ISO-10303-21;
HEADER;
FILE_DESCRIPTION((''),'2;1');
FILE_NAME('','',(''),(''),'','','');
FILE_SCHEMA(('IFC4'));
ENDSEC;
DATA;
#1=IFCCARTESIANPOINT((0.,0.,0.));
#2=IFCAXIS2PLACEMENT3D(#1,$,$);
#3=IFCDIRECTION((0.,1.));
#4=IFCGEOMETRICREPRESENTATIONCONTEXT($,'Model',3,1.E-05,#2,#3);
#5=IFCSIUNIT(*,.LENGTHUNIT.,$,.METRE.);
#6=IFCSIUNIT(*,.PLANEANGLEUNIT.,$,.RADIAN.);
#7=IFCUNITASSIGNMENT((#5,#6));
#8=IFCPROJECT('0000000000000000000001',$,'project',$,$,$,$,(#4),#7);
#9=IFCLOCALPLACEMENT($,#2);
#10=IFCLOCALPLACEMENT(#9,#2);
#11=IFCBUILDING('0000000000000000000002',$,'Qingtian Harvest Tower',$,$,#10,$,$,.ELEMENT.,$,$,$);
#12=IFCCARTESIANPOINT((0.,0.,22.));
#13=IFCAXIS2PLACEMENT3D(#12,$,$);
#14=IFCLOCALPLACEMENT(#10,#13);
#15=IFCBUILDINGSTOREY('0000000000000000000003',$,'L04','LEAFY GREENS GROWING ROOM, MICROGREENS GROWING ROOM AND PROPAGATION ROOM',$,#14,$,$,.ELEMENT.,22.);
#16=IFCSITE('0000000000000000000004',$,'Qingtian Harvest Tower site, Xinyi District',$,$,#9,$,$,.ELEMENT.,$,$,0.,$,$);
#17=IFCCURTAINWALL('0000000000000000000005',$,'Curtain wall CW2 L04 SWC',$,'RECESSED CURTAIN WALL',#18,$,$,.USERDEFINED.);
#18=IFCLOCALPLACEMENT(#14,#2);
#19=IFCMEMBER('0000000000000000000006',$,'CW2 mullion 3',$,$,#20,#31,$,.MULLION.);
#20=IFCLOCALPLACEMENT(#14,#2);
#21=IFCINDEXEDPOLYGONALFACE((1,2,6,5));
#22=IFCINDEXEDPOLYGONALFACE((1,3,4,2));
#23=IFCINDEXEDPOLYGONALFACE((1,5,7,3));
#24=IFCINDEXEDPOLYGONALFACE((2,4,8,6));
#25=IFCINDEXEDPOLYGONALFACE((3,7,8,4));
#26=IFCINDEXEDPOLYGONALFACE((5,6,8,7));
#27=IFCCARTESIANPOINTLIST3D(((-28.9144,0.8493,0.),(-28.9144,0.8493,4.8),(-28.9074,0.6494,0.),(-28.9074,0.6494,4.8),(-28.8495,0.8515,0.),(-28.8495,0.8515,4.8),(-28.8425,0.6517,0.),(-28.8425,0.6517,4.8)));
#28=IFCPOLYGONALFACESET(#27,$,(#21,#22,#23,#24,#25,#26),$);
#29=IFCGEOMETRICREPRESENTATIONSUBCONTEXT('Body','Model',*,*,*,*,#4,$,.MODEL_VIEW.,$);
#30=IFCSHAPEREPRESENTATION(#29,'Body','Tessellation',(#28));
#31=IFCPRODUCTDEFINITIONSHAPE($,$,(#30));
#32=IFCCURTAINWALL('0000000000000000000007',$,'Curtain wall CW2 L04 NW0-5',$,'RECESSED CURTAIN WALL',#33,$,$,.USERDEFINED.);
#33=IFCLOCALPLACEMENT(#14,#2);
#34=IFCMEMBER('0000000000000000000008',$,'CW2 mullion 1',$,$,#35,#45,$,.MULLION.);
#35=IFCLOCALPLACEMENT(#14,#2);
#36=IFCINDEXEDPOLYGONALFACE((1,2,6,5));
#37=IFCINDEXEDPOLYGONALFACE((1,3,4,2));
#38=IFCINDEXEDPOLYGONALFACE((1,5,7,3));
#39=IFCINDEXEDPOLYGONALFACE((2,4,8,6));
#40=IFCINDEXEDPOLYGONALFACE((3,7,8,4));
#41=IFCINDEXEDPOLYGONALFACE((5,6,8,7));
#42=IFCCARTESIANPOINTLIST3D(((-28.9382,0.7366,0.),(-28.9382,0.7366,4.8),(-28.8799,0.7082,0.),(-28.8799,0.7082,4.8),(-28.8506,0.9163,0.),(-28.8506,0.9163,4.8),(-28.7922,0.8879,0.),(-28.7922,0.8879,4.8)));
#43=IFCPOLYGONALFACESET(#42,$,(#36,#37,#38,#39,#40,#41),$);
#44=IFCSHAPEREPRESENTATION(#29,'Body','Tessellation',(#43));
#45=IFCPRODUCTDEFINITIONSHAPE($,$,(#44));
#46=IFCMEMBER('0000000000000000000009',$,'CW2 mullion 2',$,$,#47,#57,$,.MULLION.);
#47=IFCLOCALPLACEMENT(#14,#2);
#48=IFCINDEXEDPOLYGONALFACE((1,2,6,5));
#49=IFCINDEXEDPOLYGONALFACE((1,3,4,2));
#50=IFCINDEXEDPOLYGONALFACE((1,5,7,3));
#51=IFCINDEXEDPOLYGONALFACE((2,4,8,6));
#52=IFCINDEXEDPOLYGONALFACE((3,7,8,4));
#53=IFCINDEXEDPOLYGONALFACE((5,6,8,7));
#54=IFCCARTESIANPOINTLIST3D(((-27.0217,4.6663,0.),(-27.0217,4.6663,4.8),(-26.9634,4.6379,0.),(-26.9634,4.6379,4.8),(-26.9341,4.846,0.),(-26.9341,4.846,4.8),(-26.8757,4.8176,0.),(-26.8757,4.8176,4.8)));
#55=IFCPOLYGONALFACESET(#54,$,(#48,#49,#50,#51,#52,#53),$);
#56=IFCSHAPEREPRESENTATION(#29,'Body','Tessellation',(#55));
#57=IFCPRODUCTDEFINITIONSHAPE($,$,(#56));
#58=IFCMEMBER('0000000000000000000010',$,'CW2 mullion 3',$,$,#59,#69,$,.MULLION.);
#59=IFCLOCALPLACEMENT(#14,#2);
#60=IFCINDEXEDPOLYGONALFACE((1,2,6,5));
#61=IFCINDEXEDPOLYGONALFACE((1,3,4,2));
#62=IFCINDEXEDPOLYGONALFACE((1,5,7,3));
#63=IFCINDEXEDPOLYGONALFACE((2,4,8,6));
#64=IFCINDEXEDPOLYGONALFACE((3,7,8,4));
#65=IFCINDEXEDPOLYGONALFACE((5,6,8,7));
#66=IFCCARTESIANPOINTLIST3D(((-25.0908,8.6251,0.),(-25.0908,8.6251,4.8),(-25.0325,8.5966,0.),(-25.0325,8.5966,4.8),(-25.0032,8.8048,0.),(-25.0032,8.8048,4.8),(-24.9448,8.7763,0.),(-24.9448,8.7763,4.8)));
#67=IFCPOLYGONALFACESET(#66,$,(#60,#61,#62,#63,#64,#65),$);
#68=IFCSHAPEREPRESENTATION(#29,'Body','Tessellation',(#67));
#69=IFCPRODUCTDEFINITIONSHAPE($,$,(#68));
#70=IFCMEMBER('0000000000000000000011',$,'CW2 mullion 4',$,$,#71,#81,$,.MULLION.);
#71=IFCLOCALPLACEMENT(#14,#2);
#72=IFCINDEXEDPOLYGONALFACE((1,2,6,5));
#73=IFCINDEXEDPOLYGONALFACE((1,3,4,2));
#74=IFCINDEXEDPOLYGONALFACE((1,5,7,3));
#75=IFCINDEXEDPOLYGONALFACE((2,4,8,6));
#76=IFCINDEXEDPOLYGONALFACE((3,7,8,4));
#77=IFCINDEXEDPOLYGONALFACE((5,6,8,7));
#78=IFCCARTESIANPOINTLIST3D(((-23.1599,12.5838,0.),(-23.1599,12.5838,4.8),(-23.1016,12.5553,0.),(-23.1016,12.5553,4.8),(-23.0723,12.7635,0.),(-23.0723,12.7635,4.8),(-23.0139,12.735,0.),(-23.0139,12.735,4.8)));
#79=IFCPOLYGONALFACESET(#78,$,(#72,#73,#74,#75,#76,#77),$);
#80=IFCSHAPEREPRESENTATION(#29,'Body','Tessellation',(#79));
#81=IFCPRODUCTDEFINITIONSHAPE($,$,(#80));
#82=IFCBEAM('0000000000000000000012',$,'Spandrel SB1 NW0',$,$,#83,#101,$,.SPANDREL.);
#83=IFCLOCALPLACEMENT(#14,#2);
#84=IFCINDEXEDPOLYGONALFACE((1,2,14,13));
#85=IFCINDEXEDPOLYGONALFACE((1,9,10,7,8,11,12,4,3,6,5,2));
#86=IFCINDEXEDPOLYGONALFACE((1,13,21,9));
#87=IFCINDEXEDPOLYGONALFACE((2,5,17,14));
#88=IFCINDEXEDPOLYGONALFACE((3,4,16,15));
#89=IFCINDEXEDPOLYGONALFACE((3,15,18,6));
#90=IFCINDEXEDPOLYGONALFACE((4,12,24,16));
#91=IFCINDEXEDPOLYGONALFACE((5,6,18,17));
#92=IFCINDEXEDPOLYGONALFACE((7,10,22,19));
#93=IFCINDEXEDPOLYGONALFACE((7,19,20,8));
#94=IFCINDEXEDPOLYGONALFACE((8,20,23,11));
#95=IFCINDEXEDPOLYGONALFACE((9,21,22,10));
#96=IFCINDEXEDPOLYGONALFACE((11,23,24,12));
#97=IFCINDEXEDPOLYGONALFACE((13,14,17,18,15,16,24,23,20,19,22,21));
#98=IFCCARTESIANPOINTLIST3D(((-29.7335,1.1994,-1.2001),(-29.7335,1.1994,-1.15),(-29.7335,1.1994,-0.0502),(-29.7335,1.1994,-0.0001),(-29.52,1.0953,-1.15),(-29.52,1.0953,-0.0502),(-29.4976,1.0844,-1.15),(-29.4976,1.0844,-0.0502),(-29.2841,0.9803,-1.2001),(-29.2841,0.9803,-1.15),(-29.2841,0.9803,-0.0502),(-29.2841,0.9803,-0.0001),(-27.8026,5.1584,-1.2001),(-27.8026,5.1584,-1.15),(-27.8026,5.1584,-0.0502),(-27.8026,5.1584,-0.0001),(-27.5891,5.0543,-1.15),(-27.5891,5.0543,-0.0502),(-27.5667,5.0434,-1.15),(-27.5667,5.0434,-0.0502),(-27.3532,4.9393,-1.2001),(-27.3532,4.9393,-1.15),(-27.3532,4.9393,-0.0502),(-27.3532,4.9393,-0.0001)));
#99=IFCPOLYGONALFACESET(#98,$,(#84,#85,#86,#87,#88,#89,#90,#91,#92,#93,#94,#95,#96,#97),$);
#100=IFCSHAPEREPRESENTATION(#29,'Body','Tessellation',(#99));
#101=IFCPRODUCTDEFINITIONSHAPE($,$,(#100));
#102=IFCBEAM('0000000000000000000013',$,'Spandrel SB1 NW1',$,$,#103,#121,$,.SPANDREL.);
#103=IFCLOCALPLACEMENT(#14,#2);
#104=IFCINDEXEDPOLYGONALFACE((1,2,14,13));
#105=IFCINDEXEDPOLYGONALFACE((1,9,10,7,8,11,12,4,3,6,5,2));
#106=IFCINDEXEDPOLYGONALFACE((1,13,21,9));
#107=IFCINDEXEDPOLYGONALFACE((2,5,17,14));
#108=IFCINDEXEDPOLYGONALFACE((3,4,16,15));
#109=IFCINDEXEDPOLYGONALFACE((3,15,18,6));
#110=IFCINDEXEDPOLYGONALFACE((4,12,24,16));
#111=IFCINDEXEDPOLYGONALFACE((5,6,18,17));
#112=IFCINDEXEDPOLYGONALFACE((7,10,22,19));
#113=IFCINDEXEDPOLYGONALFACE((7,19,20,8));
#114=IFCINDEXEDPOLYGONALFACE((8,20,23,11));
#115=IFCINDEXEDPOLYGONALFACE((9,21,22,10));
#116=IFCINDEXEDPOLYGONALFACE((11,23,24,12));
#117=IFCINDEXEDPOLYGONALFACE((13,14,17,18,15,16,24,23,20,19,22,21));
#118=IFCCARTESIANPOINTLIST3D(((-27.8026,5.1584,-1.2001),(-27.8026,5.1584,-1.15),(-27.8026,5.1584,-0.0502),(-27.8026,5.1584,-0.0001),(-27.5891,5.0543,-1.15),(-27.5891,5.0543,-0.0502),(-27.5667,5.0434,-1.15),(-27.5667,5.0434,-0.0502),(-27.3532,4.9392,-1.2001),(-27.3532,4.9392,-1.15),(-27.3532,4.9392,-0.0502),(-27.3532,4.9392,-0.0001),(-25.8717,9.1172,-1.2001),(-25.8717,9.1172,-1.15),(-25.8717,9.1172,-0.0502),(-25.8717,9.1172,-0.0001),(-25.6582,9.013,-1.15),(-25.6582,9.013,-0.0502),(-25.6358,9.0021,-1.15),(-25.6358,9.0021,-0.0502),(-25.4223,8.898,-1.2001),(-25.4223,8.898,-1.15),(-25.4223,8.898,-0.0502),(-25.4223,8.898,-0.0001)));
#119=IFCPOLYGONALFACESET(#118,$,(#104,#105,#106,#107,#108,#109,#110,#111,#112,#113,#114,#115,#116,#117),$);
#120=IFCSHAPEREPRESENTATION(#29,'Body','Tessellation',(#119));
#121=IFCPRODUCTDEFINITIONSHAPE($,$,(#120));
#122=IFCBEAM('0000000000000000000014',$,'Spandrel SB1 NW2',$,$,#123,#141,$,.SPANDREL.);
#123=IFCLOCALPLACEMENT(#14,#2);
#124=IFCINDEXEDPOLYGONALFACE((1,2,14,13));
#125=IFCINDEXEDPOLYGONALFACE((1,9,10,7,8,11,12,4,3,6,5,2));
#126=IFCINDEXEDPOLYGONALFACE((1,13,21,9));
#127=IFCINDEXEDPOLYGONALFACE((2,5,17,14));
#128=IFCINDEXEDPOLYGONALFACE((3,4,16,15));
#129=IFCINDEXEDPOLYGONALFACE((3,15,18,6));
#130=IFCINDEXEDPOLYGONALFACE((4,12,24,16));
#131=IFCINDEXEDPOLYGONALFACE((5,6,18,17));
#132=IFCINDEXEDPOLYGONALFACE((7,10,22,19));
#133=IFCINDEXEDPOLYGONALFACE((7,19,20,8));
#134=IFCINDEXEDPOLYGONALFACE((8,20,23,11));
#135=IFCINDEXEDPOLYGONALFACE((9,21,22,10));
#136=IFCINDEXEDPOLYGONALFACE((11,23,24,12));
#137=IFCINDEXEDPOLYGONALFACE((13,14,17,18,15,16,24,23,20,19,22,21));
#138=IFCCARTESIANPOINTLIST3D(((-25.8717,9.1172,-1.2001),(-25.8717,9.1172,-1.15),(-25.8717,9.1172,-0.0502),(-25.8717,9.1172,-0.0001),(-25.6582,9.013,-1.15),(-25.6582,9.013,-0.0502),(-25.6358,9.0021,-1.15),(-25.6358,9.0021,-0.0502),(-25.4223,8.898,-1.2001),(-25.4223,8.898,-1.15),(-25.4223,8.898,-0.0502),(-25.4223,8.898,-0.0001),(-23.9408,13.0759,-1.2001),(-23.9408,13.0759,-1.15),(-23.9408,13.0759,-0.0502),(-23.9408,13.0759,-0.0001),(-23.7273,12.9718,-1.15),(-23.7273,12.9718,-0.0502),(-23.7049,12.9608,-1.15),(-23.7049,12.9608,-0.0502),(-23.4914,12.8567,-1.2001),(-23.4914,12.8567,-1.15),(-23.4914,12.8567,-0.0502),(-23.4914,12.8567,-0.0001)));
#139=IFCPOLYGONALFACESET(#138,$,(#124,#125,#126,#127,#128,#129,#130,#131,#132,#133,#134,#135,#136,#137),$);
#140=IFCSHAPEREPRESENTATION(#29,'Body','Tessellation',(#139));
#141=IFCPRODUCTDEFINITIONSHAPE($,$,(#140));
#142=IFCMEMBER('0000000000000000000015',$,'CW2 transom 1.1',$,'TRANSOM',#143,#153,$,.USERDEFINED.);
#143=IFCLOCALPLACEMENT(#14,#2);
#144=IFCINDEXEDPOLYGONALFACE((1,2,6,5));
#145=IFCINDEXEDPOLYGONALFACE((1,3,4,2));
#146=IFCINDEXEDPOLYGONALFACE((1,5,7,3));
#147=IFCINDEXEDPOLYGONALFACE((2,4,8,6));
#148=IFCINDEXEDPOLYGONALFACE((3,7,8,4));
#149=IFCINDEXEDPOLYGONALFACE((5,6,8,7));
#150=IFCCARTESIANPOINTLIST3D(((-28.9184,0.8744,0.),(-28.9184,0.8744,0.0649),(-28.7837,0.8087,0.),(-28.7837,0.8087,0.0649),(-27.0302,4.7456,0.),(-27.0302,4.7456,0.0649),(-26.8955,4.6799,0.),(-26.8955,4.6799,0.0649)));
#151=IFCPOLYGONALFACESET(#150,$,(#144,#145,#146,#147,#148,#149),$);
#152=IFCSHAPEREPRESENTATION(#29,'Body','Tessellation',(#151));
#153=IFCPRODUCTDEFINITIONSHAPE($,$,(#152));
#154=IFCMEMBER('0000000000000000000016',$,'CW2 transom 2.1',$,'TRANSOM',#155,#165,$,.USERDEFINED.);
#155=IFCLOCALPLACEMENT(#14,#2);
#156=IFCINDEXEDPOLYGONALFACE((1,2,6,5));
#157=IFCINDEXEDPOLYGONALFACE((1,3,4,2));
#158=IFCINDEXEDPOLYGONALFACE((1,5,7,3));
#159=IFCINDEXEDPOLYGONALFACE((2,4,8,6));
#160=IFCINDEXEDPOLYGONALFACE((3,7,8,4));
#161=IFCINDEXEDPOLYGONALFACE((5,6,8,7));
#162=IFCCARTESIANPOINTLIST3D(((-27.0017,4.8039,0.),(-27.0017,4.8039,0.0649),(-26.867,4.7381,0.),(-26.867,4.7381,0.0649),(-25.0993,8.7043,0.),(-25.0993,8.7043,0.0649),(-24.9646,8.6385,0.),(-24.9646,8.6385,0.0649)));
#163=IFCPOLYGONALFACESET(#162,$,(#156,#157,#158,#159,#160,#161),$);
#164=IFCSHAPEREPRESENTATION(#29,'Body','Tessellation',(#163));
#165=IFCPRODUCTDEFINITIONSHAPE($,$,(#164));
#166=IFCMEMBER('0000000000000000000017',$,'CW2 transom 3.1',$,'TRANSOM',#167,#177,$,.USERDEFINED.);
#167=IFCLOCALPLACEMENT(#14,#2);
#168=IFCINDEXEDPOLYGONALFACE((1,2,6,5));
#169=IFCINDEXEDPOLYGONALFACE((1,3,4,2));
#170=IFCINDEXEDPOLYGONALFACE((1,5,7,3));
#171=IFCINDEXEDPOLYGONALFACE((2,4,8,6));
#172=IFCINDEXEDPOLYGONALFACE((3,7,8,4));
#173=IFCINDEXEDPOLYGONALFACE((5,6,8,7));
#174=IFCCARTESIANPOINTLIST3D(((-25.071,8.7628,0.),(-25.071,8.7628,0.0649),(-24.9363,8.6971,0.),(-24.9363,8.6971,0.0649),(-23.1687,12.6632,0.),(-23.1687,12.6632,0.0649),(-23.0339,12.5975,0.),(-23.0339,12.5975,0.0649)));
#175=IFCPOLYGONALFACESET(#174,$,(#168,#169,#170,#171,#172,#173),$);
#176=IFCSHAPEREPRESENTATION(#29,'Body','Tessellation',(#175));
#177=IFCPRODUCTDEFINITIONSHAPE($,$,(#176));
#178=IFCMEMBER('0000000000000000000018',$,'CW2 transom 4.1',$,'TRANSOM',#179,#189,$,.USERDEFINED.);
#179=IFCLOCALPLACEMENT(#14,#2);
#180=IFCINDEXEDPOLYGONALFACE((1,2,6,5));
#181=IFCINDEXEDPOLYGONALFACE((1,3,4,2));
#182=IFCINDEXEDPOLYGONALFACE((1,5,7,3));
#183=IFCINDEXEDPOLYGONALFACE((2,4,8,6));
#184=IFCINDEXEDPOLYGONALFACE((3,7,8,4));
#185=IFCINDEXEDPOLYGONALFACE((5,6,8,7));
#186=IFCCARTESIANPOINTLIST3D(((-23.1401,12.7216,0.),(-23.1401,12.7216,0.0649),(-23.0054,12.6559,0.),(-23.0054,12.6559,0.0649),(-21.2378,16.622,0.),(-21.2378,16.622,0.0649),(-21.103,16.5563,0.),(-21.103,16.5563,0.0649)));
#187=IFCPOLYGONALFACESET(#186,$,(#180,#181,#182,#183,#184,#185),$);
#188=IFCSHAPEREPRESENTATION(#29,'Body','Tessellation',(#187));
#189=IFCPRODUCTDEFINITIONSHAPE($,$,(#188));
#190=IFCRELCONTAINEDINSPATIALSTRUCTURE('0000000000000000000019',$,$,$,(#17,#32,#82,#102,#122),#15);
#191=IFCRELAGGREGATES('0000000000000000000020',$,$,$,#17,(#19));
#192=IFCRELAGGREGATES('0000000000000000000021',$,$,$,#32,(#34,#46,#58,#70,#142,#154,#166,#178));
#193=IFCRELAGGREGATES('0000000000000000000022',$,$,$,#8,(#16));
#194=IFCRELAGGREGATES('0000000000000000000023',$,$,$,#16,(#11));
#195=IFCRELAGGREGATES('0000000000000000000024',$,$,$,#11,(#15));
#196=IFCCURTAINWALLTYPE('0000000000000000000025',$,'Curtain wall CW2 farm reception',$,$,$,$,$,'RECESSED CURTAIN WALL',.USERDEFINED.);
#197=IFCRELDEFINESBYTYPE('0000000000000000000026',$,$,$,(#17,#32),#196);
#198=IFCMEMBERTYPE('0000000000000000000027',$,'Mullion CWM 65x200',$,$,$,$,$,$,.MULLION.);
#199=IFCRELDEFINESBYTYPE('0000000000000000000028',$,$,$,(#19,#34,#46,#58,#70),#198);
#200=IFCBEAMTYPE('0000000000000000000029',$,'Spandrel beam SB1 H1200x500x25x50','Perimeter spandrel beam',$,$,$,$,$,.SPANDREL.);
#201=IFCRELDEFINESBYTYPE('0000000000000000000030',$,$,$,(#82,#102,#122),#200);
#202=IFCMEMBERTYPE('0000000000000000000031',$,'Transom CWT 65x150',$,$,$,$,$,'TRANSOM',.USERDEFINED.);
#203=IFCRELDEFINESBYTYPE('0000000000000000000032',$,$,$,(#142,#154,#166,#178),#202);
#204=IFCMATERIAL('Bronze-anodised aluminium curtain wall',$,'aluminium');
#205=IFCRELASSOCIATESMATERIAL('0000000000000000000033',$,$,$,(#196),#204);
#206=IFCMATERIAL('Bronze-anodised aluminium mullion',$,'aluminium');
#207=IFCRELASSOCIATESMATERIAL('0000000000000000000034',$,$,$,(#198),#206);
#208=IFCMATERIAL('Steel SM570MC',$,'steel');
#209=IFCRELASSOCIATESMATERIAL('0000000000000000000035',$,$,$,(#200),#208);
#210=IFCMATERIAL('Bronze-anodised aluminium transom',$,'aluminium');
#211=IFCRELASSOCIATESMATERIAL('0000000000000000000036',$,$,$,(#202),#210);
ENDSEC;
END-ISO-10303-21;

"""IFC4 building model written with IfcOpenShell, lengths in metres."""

from ifc_helpers import new_model, si_unit, direction, frame, origin, origin_2d, place, context, subcontext, project, spatial, rectangle, i_section, extrude, material, material_profile, profile_set, type_object, element, aggregate, save


model = new_model("IFC4")

# Units and contexts
model_context = context("Model", 3, precision=1e-05, world=origin(), true_north=direction((0.0, 1.0)))
body_context = subcontext(model_context, "Body", "Model", "MODEL_VIEW")
ifc_project = project(units=[si_unit("LENGTHUNIT", "METRE"), si_unit("PLANEANGLEUNIT", "RADIAN")], contexts=[model_context])

# Site, building, storey
site_placement = place(None, origin())
site = spatial("IfcSite", under=ifc_project, at=site_placement, Name="Qingtian Harvest Tower site, Xinyi District", CompositionType="ELEMENT", RefElevation=0.0)
building_placement = place(site_placement, origin())
building = spatial("IfcBuilding", under=site, at=building_placement, Name="Qingtian Harvest Tower", CompositionType="ELEMENT")
storey_placement = place(building_placement, frame((0.0, 0.0, 22.0)))
storey = spatial("IfcBuildingStorey", under=building, at=storey_placement, Name="L04", Description="LEAFY GREENS GROWING ROOM, MICROGREENS GROWING ROOM AND PROPAGATION ROOM", CompositionType="ELEMENT", Elevation=22.0)

# Curtain wall, member
ifc_material_1 = material(Name="Bronze-anodised aluminium curtain wall", Category="aluminium")
curtain_wall_type = type_object("IfcCurtainWallType", Name="Curtain wall CW2 farm reception", ElementType="RECESSED CURTAIN WALL", PredefinedType="USERDEFINED", material=ifc_material_1)
curtain_wall_1_placement = place(storey_placement, origin())
curtain_wall_1 = element("IfcCurtainWall", 1, at=curtain_wall_1_placement, inside=storey, type_object=curtain_wall_type, Name="Curtain wall CW2 L04 SWC", ObjectType="RECESSED CURTAIN WALL", PredefinedType="USERDEFINED")
ifc_material_2 = material(Name="Bronze-anodised aluminium mullion", Category="aluminium")
ifc_material_profile_1 = material_profile(ifc_material_2, rectangle(XDim=0.0649, YDim=0.2, at=origin_2d()), Name="AL 65x200")
ifc_profile_set_1 = profile_set([ifc_material_profile_1], Name="Bronze-anodised aluminium mullion")
member_type_1 = type_object("IfcMemberType", Name="Mullion CWM 65x200", PredefinedType="MULLION", material=ifc_profile_set_1)
member_1_placement = place(storey_placement, frame((-28.8784, 0.7505, 0.0), z_axis=(0.0, 0.0, 1.0), x_axis=(-0.999391, -0.034899, 0.0)))
member_1 = element("IfcMember", 2, at=member_1_placement, type_object=member_type_1, Name="CW2 mullion 3", PredefinedType="MULLION", context=body_context, shape_type="SweptSolid", body=[
    extrude(rectangle(XDim=0.0649, YDim=0.2, at=origin_2d()), origin(), (0.0, 0.0, 1.0), 4.8),
])
aggregate(curtain_wall_1, [member_1])

# Curtain wall, members
curtain_wall_2_placement = place(storey_placement, origin())
curtain_wall_2 = element("IfcCurtainWall", 3, at=curtain_wall_2_placement, inside=storey, type_object=curtain_wall_type, Name="Curtain wall CW2 L04 NW0-5", ObjectType="RECESSED CURTAIN WALL", PredefinedType="USERDEFINED")
member_2_placement = place(storey_placement, frame((-28.8652, 0.8123, 0.0), z_axis=(0.0, 0.0, 1.0), x_axis=(-0.898794, 0.438371, 0.0)))
member_2 = element("IfcMember", 4, at=member_2_placement, type_object=member_type_1, Name="CW2 mullion 1", PredefinedType="MULLION", context=body_context, shape_type="SweptSolid", body=[
    extrude(rectangle(XDim=0.0649, YDim=0.2, at=origin_2d()), origin(), (0.0, 0.0, 1.0), 4.8),
])
member_3_placement = place(storey_placement, frame((-26.9487, 4.7419, 0.0), z_axis=(0.0, 0.0, 1.0), x_axis=(-0.898794, 0.438371, 0.0)))
member_3 = element("IfcMember", 5, at=member_3_placement, type_object=member_type_1, Name="CW2 mullion 2", PredefinedType="MULLION", context=body_context, shape_type="SweptSolid", body=[
    extrude(rectangle(XDim=0.0649, YDim=0.2, at=origin_2d()), origin(), (0.0, 0.0, 1.0), 4.8),
])
member_4_placement = place(storey_placement, frame((-25.0178, 8.7007, 0.0), z_axis=(0.0, 0.0, 1.0), x_axis=(-0.898794, 0.438371, 0.0)))
member_4 = element("IfcMember", 6, at=member_4_placement, type_object=member_type_1, Name="CW2 mullion 3", PredefinedType="MULLION", context=body_context, shape_type="SweptSolid", body=[
    extrude(rectangle(XDim=0.0649, YDim=0.2, at=origin_2d()), origin(), (0.0, 0.0, 1.0), 4.8),
])
member_5_placement = place(storey_placement, frame((-23.0869, 12.6594, 0.0), z_axis=(0.0, 0.0, 1.0), x_axis=(-0.898794, 0.438371, 0.0)))
member_5 = element("IfcMember", 7, at=member_5_placement, type_object=member_type_1, Name="CW2 mullion 4", PredefinedType="MULLION", context=body_context, shape_type="SweptSolid", body=[
    extrude(rectangle(XDim=0.0649, YDim=0.2, at=origin_2d()), origin(), (0.0, 0.0, 1.0), 4.8),
])

# Beams
ifc_material_3 = material(Name="Steel SM570MC", Category="steel")
ifc_material_profile_2 = material_profile(ifc_material_3, i_section(OverallWidth=0.5, OverallDepth=1.2, WebThickness=0.0249, FlangeThickness=0.05, at=origin_2d()), Name="H1200x500x25x50")
ifc_profile_set_2 = profile_set([ifc_material_profile_2], Name="Steel SM570MC")
beam_type_1 = type_object("IfcBeamType", Name="Spandrel beam SB1 H1200x500x25x50", Description="Perimeter spandrel beam", PredefinedType="SPANDREL", material=ifc_profile_set_2)
beam_1_placement = place(storey_placement, frame((-29.5088, 1.0898, -0.6001), z_axis=(0.438368, 0.898796, 0.0), x_axis=(-0.898796, 0.438368, 0.0)))
element("IfcBeam", 8, at=beam_1_placement, inside=storey, type_object=beam_type_1, Name="Spandrel SB1 NW0", PredefinedType="SPANDREL", context=body_context, shape_type="SweptSolid", body=[
    extrude(i_section(OverallWidth=0.5, OverallDepth=1.2, WebThickness=0.0249, FlangeThickness=0.05, at=origin_2d()), origin(), (0.0, 0.0, 1.0), 4.4048),
])
for number, where, z_axis, x_axis, name in (
    (9, (-27.5779, 5.0488, -0.6001), (0.43839, 0.898785, 0.0), (-0.898785, 0.43839, 0.0), "Spandrel SB1 NW1"),
    (10, (-25.647, 9.0076, -0.6001), (0.43839, 0.898785, 0.0), (-0.898785, 0.43839, 0.0), "Spandrel SB1 NW2"),
):
    element("IfcBeam", number, at=place(storey_placement, frame(where, z_axis=z_axis, x_axis=x_axis)), inside=storey, type_object=beam_type_1, Name=name, PredefinedType="SPANDREL", context=body_context, shape_type="SweptSolid", body=[
        extrude(i_section(OverallWidth=0.5, OverallDepth=1.2, WebThickness=0.0249, FlangeThickness=0.05, at=origin_2d()), origin(), (0.0, 0.0, 1.0), 4.4045),
    ])

# Members
ifc_material_4 = material(Name="Bronze-anodised aluminium transom", Category="aluminium")
ifc_material_profile_3 = material_profile(ifc_material_4, rectangle(XDim=0.1499, YDim=0.0649, at=origin_2d()), Name="AL 65x150")
ifc_profile_set_3 = profile_set([ifc_material_profile_3], Name="Bronze-anodised aluminium transom")
member_type_2 = type_object("IfcMemberType", Name="Transom CWT 65x150", ElementType="TRANSOM", PredefinedType="USERDEFINED", material=ifc_profile_set_3)
member_6_placement = place(storey_placement, frame((-28.8511, 0.8416, 0.0325), z_axis=(0.438395, 0.898783, 0.0), x_axis=(-0.898783, 0.438395, 0.0)))
member_6 = element("IfcMember", 11, at=member_6_placement, type_object=member_type_2, Name="CW2 transom 1.1", ObjectType="TRANSOM", PredefinedType="USERDEFINED", context=body_context, shape_type="SweptSolid", body=[
    extrude(rectangle(XDim=0.1499, YDim=0.0649, at=origin_2d()), origin(), (0.0, 0.0, 1.0), 4.3071),
])
member_7_placement = place(storey_placement, frame((-26.9343, 4.771, 0.0325), z_axis=(0.43837, 0.898794, 0.0), x_axis=(-0.898794, 0.43837, 0.0)))
member_7 = element("IfcMember", 12, at=member_7_placement, type_object=member_type_2, Name="CW2 transom 2.1", ObjectType="TRANSOM", PredefinedType="USERDEFINED", context=body_context, shape_type="SweptSolid", body=[
    extrude(rectangle(XDim=0.1499, YDim=0.0649, at=origin_2d()), origin(), (0.0, 0.0, 1.0), 4.3396),
])
member_8_placement = place(storey_placement, frame((-25.0037, 8.73, 0.0325), z_axis=(0.43837, 0.898794, 0.0), x_axis=(-0.898794, 0.43837, 0.0)))
member_8 = element("IfcMember", 13, at=member_8_placement, type_object=member_type_2, Name="CW2 transom 3.1", ObjectType="TRANSOM", PredefinedType="USERDEFINED", context=body_context, shape_type="SweptSolid", body=[
    extrude(rectangle(XDim=0.1499, YDim=0.0649, at=origin_2d()), origin(), (0.0, 0.0, 1.0), 4.3396),
])
member_9_placement = place(storey_placement, frame((-23.0728, 12.6887, 0.0325), z_axis=(0.43837, 0.898794, 0.0), x_axis=(-0.898794, 0.43837, 0.0)))
member_9 = element("IfcMember", 14, at=member_9_placement, type_object=member_type_2, Name="CW2 transom 4.1", ObjectType="TRANSOM", PredefinedType="USERDEFINED", context=body_context, shape_type="SweptSolid", body=[
    extrude(rectangle(XDim=0.1499, YDim=0.0649, at=origin_2d()), origin(), (0.0, 0.0, 1.0), 4.3396),
])

aggregate(curtain_wall_2, [member_2, member_3, member_4, member_5, member_6, member_7, member_8, member_9])

save(model, "model.ifc")
